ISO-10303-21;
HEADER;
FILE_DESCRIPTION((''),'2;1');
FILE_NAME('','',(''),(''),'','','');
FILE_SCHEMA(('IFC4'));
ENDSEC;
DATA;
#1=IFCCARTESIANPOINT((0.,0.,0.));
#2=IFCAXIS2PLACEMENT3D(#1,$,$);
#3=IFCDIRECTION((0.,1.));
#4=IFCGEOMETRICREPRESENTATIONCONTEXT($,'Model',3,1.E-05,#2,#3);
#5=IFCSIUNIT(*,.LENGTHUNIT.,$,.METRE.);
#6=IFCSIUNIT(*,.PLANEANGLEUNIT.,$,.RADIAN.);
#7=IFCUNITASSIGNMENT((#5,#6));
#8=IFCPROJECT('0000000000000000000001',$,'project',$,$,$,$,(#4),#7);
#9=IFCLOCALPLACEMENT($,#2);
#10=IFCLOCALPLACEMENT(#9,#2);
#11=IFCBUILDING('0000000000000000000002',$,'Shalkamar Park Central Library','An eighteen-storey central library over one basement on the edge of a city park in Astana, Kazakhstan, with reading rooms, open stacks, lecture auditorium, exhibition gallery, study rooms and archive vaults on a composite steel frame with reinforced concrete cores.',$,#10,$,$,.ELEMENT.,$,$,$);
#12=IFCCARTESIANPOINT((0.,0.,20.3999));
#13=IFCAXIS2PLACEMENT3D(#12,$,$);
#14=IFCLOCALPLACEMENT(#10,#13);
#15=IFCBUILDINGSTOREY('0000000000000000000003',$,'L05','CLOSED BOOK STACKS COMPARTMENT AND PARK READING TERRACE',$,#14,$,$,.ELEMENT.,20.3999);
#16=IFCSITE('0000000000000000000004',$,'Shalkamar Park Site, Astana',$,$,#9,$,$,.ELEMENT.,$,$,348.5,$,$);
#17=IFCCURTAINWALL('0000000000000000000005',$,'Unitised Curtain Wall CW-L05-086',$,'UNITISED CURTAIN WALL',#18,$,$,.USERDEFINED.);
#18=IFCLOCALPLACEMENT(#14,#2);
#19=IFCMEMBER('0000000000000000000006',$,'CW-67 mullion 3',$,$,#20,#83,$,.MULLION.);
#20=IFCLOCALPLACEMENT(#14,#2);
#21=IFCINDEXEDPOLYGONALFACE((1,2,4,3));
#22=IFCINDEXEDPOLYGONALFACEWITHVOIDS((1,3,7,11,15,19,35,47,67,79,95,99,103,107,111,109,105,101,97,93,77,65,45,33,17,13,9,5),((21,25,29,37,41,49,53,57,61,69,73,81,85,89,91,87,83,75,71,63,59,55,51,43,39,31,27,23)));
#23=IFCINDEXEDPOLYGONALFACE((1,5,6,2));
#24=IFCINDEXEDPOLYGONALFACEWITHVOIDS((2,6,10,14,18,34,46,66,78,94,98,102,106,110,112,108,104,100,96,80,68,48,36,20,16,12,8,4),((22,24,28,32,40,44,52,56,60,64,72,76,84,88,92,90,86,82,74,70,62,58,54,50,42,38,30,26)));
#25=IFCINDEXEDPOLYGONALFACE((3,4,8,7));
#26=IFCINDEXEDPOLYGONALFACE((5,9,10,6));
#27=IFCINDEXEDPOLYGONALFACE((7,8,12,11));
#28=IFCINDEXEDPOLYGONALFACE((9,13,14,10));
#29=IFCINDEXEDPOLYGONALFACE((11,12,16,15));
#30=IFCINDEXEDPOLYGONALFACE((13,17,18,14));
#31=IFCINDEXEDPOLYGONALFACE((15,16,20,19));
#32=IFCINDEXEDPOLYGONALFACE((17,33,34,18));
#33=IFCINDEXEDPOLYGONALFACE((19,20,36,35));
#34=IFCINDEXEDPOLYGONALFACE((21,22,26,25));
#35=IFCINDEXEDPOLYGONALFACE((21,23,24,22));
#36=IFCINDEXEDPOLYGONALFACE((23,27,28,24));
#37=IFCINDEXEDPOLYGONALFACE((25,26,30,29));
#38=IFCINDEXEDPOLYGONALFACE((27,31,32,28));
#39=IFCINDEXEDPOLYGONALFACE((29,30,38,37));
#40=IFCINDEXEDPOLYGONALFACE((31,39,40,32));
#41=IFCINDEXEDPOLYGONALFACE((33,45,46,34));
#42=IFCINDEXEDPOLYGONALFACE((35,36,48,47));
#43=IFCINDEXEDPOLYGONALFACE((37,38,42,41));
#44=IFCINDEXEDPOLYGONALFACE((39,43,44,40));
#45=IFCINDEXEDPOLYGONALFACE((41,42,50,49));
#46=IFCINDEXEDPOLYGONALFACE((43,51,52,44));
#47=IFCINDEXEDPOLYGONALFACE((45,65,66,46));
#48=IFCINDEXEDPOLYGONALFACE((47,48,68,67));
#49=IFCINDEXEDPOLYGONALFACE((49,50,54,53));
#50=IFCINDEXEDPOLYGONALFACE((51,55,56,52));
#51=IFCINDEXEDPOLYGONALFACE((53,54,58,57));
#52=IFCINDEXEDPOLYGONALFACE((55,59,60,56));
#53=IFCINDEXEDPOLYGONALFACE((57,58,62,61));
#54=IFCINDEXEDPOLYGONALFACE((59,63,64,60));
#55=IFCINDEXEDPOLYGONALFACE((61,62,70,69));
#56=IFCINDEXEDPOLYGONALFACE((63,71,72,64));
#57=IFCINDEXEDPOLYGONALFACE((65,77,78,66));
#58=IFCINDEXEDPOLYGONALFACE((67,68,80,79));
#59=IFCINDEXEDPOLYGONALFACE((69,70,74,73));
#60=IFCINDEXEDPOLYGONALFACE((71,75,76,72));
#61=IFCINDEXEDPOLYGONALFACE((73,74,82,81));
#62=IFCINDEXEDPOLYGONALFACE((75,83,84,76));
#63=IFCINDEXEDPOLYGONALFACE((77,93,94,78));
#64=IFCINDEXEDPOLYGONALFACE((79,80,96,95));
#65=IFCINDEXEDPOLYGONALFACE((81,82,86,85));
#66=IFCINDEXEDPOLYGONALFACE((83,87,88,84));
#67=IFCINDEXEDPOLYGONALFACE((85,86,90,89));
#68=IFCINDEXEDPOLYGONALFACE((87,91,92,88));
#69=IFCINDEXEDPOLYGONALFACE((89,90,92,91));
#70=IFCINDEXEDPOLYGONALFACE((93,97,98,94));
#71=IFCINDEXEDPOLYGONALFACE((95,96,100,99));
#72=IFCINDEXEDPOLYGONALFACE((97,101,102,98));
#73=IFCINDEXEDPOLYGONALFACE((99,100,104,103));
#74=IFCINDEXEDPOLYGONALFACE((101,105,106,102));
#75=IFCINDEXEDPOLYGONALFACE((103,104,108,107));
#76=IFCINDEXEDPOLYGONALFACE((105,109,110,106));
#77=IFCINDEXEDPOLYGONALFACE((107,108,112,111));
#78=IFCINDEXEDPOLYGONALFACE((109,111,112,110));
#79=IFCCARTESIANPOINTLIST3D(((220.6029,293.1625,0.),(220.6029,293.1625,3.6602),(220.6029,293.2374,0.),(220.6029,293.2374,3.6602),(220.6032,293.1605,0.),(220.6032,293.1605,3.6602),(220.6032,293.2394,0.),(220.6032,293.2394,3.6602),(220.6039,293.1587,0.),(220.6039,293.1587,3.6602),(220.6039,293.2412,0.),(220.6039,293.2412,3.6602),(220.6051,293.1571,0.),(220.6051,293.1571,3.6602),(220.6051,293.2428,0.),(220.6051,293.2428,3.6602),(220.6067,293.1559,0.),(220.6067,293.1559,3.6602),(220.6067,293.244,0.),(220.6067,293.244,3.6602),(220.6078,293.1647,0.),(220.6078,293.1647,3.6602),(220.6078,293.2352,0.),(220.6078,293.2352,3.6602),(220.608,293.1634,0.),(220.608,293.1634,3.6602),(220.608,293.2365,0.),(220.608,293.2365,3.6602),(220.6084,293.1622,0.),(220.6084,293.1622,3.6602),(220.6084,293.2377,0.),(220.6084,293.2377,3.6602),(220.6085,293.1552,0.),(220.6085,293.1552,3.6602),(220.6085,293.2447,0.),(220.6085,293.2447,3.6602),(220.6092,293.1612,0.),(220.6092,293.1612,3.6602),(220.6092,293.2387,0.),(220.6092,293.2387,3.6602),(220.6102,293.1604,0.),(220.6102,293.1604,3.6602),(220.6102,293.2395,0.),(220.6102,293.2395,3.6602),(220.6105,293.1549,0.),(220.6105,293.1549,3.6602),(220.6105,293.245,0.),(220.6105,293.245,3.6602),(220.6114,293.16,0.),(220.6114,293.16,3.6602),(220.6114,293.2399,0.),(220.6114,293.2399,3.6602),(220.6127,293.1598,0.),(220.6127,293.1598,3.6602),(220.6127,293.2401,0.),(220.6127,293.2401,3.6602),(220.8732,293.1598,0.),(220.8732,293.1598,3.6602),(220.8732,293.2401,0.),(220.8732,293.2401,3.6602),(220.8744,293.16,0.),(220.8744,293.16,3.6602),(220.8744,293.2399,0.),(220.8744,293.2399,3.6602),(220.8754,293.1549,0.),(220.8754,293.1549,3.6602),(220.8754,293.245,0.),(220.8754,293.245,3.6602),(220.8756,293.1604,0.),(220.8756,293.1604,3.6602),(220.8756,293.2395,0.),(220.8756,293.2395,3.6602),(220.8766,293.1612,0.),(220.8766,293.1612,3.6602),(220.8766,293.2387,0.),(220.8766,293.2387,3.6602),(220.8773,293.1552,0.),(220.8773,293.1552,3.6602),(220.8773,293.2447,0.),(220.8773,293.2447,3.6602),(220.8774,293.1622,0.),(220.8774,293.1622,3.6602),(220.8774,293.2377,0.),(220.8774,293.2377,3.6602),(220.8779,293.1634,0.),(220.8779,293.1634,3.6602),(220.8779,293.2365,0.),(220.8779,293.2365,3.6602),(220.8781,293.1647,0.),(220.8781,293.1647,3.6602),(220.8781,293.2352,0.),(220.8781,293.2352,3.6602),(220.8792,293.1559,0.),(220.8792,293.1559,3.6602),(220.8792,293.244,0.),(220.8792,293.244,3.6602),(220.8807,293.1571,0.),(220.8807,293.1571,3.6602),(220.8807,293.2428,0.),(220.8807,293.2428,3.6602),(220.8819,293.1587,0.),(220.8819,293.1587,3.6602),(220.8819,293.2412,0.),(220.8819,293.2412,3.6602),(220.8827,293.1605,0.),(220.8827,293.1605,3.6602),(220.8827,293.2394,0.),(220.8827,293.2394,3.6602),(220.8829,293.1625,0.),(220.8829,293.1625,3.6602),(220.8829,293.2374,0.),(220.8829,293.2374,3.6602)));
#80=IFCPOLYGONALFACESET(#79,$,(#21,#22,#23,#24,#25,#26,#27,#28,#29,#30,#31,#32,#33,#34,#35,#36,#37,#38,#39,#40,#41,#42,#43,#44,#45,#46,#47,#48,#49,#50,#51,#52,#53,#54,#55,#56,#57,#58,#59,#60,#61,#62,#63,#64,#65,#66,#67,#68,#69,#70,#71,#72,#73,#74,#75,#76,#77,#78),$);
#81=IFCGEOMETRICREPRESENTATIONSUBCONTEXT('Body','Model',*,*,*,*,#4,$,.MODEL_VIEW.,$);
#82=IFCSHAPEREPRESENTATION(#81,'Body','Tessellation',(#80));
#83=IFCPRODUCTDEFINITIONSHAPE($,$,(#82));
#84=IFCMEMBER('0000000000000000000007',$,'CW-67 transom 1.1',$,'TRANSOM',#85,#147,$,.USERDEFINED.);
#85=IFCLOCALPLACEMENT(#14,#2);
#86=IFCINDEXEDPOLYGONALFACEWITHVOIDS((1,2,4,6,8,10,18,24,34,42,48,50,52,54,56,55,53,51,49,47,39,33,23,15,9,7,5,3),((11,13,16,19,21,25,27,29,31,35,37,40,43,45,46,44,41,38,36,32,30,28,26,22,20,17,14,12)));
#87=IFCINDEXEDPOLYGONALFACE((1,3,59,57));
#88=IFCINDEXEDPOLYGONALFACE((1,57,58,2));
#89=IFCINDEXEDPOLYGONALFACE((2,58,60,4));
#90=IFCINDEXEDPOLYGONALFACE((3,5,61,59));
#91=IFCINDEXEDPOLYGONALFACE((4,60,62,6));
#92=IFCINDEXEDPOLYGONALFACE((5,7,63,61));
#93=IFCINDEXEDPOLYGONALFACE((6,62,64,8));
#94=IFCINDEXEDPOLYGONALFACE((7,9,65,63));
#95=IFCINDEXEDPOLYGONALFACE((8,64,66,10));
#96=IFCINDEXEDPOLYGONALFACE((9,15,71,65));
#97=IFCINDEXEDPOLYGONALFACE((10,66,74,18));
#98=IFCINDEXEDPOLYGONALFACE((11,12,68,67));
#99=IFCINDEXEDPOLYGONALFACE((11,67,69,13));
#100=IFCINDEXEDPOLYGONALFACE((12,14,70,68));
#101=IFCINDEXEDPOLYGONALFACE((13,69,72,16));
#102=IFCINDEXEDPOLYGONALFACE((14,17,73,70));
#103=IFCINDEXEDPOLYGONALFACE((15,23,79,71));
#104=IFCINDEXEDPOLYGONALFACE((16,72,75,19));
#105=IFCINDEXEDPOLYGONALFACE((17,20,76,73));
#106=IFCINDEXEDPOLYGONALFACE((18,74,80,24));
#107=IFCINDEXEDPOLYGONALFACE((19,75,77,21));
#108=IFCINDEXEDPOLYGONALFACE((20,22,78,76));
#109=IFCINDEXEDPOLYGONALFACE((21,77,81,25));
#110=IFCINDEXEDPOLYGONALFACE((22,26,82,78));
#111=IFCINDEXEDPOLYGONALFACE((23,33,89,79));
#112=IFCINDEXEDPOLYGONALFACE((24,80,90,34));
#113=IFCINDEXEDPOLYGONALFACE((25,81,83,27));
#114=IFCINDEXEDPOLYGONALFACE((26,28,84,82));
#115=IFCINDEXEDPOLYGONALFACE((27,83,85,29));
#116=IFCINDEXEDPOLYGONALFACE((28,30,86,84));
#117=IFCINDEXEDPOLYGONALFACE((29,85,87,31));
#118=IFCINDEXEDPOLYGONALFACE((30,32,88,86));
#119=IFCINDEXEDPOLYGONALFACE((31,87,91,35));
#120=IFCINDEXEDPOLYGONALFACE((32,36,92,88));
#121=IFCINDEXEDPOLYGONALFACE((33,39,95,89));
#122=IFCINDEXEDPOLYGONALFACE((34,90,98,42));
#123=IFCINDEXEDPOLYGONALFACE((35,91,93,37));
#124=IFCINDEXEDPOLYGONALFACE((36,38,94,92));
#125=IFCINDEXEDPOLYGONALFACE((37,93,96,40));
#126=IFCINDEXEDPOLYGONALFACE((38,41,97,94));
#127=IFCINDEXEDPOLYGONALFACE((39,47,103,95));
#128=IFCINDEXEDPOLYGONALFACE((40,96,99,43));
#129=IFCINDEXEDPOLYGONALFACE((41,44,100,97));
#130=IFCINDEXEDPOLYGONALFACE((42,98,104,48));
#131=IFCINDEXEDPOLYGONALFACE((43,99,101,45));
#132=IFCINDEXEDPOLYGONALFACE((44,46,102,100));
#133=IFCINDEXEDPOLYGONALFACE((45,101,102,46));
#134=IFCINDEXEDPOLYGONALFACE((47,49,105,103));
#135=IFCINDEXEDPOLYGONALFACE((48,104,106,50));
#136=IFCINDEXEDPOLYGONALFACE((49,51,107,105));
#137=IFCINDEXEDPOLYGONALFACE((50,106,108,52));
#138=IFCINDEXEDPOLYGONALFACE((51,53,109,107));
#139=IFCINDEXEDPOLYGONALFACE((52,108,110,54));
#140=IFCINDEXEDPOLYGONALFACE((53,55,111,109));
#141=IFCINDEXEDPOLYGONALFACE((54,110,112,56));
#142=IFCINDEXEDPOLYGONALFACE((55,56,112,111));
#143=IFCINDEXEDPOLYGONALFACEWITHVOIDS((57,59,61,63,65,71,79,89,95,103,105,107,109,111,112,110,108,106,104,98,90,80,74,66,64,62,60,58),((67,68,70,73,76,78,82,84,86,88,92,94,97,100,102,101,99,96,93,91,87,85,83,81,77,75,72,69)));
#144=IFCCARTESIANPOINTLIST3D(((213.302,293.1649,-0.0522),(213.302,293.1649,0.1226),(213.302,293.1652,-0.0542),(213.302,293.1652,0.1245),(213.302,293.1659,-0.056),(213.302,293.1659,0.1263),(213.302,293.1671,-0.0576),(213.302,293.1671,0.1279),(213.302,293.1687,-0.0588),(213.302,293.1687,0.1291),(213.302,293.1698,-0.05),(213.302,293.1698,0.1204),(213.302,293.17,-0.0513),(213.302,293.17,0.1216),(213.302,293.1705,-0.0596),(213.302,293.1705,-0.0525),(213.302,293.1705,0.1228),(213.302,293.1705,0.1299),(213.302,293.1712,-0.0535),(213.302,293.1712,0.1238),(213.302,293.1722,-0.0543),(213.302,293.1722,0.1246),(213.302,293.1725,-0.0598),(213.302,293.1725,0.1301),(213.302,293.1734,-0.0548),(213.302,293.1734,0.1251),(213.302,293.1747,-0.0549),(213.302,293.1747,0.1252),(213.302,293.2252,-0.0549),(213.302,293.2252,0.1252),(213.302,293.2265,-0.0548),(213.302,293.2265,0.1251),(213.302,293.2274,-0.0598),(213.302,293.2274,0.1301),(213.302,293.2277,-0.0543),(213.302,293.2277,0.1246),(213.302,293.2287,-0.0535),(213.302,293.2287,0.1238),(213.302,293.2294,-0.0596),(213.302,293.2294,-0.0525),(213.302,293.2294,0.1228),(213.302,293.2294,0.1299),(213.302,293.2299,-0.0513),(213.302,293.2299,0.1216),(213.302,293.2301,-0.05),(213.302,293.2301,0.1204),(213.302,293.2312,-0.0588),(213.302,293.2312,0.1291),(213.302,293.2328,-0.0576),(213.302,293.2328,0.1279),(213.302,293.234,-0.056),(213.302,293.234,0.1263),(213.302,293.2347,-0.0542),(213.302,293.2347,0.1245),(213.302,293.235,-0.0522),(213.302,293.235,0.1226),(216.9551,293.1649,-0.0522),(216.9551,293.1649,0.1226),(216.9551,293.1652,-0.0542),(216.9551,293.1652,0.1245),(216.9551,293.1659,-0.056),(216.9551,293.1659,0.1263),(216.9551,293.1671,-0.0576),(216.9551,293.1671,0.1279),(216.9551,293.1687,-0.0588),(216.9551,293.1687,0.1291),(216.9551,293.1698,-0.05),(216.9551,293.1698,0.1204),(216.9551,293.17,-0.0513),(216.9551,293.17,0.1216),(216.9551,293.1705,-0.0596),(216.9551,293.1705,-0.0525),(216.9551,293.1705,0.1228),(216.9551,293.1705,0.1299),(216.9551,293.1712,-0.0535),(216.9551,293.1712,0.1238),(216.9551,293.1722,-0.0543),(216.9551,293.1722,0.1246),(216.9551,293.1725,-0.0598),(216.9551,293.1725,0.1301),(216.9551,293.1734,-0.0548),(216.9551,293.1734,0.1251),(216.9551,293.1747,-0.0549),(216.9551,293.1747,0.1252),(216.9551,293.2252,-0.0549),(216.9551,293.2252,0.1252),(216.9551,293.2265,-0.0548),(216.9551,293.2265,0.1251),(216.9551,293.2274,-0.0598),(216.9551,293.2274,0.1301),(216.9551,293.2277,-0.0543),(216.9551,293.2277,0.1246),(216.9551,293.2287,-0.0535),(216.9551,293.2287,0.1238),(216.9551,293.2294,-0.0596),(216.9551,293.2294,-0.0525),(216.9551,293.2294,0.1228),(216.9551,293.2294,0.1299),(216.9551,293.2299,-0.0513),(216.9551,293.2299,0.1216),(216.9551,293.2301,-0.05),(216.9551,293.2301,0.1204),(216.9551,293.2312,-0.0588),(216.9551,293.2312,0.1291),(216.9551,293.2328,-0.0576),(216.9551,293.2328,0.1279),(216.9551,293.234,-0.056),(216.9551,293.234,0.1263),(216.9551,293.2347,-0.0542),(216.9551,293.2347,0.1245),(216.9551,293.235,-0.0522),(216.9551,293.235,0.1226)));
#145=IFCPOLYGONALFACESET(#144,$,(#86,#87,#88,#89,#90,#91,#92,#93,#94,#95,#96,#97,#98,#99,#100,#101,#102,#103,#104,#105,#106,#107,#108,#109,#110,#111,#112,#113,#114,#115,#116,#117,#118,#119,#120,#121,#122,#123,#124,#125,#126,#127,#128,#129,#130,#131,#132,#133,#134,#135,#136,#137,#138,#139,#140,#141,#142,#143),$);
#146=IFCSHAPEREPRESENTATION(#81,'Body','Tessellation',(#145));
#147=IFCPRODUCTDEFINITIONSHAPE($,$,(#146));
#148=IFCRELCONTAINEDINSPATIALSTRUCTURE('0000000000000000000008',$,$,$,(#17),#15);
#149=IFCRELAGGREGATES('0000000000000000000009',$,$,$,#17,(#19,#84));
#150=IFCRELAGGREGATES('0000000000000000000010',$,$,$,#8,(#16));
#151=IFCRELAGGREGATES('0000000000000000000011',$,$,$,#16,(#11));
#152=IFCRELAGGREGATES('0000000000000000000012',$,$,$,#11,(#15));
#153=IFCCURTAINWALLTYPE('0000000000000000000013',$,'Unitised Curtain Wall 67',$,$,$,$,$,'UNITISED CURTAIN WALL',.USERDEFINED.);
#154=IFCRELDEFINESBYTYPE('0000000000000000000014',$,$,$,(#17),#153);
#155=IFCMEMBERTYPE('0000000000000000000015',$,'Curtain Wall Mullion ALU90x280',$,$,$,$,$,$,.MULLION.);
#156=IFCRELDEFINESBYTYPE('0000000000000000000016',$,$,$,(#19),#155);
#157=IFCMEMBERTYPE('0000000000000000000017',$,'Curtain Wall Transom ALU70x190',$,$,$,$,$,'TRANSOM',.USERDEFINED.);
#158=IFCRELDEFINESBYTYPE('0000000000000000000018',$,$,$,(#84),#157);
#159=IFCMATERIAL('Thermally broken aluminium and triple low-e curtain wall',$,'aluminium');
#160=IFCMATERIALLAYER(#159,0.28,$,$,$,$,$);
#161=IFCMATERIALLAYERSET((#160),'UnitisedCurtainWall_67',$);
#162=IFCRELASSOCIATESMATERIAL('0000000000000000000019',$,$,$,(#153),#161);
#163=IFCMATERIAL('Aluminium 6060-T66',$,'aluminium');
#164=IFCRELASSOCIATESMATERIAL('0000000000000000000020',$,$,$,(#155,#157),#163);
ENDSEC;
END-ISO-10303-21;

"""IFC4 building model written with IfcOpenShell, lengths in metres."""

from ifc_helpers import new_model, si_unit, direction, frame, origin, origin_2d, place, context, subcontext, project, spatial, hollow_rectangle, extrude, material, layer, layer_set, material_profile, profile_set, type_object, element, aggregate, save


model = new_model("IFC4")

# Units and contexts
model_context = context("Model", 3, precision=1e-05, world=origin(), true_north=direction((0.0, 1.0)))
body_context = subcontext(model_context, "Body", "Model", "MODEL_VIEW")
ifc_project = project(units=[si_unit("LENGTHUNIT", "METRE"), si_unit("PLANEANGLEUNIT", "RADIAN")], contexts=[model_context])

# Site, building, storey
site_placement = place(None, origin())
site = spatial("IfcSite", under=ifc_project, at=site_placement, Name="Shalkamar Park Site, Astana", CompositionType="ELEMENT", RefElevation=348.5)
building_placement = place(site_placement, origin())
building = spatial("IfcBuilding", under=site, at=building_placement, Name="Shalkamar Park Central Library", Description="An eighteen-storey central library over one basement on the edge of a city park in Astana, Kazakhstan, with reading rooms, open stacks, lecture auditorium, exhibition gallery, study rooms and archive vaults on a composite steel frame with reinforced concrete cores.", CompositionType="ELEMENT")
storey_placement = place(building_placement, frame((0.0, 0.0, 20.3999)))
storey = spatial("IfcBuildingStorey", under=building, at=storey_placement, Name="L05", Description="CLOSED BOOK STACKS COMPARTMENT AND PARK READING TERRACE", CompositionType="ELEMENT", Elevation=20.3999)

# Curtain wall, members
ifc_material_1 = material(Name="Thermally broken aluminium and triple low-e curtain wall", Category="aluminium")
ifc_layer_1 = layer(ifc_material_1, 0.28)
ifc_layer_set_1 = layer_set([ifc_layer_1], Name="UnitisedCurtainWall_67")
curtain_wall_type = type_object("IfcCurtainWallType", Name="Unitised Curtain Wall 67", ElementType="UNITISED CURTAIN WALL", PredefinedType="USERDEFINED", material=ifc_layer_set_1)
curtain_wall_placement = place(storey_placement, origin())
curtain_wall = element("IfcCurtainWall", 1, at=curtain_wall_placement, inside=storey, type_object=curtain_wall_type, Name="Unitised Curtain Wall CW-L05-086", ObjectType="UNITISED CURTAIN WALL", PredefinedType="USERDEFINED")
ifc_material_2 = material(Name="Aluminium 6060-T66", Category="aluminium")
ifc_material_profile_1 = material_profile(ifc_material_2, hollow_rectangle(XDim=0.0901, YDim=0.28, WallThickness=0.0049, InnerFilletRadius=0.0049, OuterFilletRadius=0.0076, at=origin_2d()), Name="ALU 90x280x5")
ifc_profile_set_1 = profile_set([ifc_material_profile_1], Name="Aluminium 6060-T66")
member_type_1 = type_object("IfcMemberType", Name="Curtain Wall Mullion ALU90x280", PredefinedType="MULLION", material=ifc_profile_set_1)
member_1_placement = place(storey_placement, frame((220.7429, 293.2, 0.0), z_axis=(0.0, 0.0, 1.0), x_axis=(0.0, 1.0, 0.0)))
member_1 = element("IfcMember", 2, at=member_1_placement, type_object=member_type_1, Name="CW-67 mullion 3", PredefinedType="MULLION", context=body_context, shape_type="SweptSolid", body=[
    extrude(hollow_rectangle(XDim=0.0901, YDim=0.28, WallThickness=0.0049, InnerFilletRadius=0.0049, OuterFilletRadius=0.0076, at=origin_2d()), origin(), (0.0, 0.0, 1.0), 3.6602),
])
ifc_material_profile_2 = material_profile(ifc_material_2, hollow_rectangle(XDim=0.0701, YDim=0.1899, WallThickness=0.0049, InnerFilletRadius=0.0049, OuterFilletRadius=0.0076, at=origin_2d()), Name="ALU 70x190x5")
ifc_profile_set_2 = profile_set([ifc_material_profile_2], Name="Aluminium 6060-T66")
member_type_2 = type_object("IfcMemberType", Name="Curtain Wall Transom ALU70x190", ElementType="TRANSOM", PredefinedType="USERDEFINED", material=ifc_profile_set_2)
member_2_placement = place(storey_placement, frame((213.302, 293.2, 0.0352), z_axis=(1.0, 0.0, 0.0), x_axis=(0.0, 1.0, 0.0)))
member_2 = element("IfcMember", 3, at=member_2_placement, type_object=member_type_2, Name="CW-67 transom 1.1", ObjectType="TRANSOM", PredefinedType="USERDEFINED", context=body_context, shape_type="SweptSolid", body=[
    extrude(hollow_rectangle(XDim=0.0701, YDim=0.1899, WallThickness=0.0049, InnerFilletRadius=0.0049, OuterFilletRadius=0.0076, at=origin_2d()), origin(), (0.0, 0.0, 1.0), 3.6531),
])

aggregate(curtain_wall, [member_1, member_2])

save(model, "model.ifc")
